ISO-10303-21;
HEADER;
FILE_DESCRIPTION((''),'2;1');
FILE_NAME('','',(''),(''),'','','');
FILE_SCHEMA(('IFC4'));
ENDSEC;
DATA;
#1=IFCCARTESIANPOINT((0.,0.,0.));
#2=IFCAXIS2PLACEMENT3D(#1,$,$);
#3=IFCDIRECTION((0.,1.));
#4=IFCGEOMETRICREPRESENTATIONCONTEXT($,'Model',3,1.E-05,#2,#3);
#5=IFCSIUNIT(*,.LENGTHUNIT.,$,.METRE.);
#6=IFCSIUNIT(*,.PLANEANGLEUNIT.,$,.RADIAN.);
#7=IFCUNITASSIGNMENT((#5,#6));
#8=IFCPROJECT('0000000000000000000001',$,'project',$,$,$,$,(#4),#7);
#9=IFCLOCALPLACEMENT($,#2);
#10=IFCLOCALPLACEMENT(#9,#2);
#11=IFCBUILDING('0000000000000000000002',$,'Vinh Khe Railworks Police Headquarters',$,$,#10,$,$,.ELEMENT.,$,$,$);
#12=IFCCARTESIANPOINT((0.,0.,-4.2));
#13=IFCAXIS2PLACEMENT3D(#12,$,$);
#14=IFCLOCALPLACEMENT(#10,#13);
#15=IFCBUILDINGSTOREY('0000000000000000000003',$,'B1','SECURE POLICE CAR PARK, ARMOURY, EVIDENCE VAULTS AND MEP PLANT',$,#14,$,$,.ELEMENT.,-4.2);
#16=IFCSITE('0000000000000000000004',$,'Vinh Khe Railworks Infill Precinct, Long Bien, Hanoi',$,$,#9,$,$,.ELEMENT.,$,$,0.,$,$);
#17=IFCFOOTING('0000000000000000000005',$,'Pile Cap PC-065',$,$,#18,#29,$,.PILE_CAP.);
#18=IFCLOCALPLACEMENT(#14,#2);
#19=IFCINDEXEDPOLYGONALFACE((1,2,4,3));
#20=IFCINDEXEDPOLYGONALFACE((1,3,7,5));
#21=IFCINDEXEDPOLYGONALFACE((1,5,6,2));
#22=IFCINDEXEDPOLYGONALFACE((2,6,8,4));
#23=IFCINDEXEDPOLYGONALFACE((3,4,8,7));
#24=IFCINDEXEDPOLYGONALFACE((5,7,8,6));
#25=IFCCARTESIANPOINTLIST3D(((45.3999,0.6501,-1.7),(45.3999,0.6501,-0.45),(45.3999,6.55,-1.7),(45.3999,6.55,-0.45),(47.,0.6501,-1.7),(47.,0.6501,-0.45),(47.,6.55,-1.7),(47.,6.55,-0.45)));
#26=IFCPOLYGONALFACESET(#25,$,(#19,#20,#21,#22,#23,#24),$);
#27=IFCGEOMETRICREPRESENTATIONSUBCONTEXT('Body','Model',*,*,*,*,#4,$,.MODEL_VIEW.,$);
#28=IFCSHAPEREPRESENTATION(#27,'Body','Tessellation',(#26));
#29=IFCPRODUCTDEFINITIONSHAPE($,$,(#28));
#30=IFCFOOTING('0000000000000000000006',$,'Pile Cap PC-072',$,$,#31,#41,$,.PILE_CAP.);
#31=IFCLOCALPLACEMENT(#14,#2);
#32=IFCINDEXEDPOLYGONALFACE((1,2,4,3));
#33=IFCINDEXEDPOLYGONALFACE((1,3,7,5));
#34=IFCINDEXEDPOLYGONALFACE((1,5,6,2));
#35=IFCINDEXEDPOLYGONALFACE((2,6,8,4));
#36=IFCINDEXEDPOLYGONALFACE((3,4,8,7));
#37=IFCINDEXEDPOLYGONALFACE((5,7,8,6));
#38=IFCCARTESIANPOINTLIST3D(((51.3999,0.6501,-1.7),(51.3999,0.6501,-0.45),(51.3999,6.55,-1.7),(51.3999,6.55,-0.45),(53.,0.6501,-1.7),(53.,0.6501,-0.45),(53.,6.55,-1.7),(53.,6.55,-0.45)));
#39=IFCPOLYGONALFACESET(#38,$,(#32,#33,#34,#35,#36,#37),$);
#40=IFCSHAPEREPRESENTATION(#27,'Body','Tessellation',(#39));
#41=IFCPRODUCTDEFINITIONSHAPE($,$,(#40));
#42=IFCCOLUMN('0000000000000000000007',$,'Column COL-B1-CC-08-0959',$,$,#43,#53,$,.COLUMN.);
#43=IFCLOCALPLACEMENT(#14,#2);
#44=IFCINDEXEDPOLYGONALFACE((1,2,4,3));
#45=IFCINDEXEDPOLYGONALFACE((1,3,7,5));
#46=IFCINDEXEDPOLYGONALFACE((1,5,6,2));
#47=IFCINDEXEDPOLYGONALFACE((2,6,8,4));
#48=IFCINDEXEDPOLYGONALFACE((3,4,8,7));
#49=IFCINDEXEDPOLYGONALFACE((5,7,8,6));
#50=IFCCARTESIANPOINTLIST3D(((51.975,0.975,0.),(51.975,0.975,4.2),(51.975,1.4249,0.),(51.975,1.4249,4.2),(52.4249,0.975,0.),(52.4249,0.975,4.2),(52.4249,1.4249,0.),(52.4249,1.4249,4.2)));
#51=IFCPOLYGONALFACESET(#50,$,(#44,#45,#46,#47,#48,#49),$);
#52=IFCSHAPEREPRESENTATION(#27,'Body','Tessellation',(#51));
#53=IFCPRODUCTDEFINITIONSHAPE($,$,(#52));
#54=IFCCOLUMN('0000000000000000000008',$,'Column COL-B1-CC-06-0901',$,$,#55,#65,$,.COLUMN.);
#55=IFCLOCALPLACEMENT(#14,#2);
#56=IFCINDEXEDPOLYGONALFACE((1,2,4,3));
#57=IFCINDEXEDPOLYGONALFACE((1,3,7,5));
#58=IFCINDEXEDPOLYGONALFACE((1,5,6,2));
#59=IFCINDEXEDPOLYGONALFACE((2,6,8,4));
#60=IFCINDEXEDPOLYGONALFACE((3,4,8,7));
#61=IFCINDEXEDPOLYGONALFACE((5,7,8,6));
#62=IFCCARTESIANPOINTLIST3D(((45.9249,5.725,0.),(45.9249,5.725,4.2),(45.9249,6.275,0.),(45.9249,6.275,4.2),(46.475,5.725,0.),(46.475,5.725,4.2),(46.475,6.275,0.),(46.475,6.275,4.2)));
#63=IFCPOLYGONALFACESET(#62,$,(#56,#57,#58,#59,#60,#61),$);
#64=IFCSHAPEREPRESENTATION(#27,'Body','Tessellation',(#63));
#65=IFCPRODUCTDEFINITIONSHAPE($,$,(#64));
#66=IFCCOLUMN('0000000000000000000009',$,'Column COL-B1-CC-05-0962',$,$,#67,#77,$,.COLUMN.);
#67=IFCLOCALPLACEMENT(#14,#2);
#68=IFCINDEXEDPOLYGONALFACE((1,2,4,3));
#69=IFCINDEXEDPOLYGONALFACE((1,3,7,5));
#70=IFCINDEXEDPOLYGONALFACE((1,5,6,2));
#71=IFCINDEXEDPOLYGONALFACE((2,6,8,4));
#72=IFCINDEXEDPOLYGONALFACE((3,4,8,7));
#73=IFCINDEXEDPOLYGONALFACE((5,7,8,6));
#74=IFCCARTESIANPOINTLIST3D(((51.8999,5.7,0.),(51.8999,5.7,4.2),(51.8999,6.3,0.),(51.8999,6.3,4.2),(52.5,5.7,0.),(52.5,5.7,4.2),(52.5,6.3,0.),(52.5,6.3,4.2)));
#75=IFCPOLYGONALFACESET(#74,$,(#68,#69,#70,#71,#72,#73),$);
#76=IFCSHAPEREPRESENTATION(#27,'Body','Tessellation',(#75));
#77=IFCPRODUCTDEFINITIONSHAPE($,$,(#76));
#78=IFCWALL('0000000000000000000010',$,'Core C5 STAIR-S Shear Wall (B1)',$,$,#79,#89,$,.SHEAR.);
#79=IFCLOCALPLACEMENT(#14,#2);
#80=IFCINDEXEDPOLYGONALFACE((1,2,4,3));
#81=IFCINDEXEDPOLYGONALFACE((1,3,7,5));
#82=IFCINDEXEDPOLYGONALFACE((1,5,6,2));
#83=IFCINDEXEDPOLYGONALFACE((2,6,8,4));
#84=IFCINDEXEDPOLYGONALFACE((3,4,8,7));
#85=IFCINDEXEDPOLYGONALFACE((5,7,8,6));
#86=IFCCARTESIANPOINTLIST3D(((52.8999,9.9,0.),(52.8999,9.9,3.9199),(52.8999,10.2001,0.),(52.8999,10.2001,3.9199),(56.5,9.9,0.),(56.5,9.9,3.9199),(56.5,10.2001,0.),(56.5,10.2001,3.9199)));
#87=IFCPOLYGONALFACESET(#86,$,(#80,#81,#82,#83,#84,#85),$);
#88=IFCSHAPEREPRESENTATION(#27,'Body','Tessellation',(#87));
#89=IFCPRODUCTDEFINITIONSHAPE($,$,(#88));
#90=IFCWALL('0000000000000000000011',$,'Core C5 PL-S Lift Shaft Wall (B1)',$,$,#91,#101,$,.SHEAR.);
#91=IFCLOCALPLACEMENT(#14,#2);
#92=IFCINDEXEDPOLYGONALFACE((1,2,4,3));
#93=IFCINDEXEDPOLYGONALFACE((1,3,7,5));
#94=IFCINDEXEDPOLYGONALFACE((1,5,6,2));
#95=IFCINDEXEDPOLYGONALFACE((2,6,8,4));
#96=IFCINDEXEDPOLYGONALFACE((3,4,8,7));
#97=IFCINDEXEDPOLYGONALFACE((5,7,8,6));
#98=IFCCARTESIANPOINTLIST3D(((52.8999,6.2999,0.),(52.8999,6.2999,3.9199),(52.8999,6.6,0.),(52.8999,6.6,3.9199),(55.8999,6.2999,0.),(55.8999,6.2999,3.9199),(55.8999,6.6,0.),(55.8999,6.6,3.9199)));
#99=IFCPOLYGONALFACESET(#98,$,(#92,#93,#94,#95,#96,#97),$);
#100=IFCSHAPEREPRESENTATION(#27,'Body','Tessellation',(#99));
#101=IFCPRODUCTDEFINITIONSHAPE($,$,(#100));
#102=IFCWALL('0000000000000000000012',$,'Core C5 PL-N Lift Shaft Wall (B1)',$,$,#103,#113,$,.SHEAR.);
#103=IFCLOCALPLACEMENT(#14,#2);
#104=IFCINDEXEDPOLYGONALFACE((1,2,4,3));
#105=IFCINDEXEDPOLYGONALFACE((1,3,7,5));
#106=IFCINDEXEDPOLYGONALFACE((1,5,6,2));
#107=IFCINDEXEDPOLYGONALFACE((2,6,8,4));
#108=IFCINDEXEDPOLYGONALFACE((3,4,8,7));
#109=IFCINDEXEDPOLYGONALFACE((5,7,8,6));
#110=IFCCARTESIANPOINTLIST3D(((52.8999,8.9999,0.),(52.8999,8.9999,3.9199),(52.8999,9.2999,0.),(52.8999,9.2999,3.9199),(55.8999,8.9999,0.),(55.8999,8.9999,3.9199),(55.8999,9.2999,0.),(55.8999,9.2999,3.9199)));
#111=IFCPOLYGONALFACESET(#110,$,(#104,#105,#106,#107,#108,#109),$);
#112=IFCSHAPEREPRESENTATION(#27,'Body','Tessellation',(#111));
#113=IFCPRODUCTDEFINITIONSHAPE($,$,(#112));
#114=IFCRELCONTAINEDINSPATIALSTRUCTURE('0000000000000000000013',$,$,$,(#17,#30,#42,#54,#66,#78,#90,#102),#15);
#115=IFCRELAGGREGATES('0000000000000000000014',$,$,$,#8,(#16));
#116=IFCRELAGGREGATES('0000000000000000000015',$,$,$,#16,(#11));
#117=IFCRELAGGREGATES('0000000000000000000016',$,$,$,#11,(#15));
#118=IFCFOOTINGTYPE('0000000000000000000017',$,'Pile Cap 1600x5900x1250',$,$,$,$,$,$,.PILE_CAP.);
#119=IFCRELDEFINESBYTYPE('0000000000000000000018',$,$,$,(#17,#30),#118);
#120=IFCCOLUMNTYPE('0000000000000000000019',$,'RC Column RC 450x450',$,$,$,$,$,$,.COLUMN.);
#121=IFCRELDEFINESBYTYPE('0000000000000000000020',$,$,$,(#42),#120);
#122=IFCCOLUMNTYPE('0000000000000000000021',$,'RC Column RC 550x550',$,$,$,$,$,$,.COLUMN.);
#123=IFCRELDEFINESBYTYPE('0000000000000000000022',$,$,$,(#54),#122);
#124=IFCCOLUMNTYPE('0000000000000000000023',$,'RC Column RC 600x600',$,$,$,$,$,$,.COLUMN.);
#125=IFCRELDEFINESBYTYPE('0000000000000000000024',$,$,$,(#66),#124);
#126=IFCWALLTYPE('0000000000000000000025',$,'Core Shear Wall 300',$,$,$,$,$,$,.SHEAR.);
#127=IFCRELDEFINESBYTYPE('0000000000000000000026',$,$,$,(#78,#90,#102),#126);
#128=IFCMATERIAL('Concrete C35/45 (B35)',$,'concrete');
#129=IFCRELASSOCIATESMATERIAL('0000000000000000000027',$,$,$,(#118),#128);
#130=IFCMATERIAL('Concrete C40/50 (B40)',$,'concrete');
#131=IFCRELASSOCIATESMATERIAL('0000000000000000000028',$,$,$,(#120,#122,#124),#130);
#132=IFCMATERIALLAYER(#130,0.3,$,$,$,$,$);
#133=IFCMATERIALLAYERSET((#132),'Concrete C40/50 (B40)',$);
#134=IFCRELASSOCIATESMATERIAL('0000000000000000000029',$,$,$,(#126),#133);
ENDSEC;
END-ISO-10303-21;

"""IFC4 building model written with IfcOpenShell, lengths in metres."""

from ifc_helpers import new_model, si_unit, direction, frame, frame_2d, origin, origin_2d, place, context, subcontext, project, spatial, rectangle, extrude, material, layer, layer_set, material_profile, profile_set, type_object, element, save


model = new_model("IFC4")

# Units and contexts
model_context = context("Model", 3, precision=1e-05, world=origin(), true_north=direction((0.0, 1.0)))
body_context = subcontext(model_context, "Body", "Model", "MODEL_VIEW")
ifc_project = project(units=[si_unit("LENGTHUNIT", "METRE"), si_unit("PLANEANGLEUNIT", "RADIAN")], contexts=[model_context])

# Site, building, storey
site_placement = place(None, origin())
site = spatial("IfcSite", under=ifc_project, at=site_placement, Name="Vinh Khe Railworks Infill Precinct, Long Bien, Hanoi", CompositionType="ELEMENT", RefElevation=0.0)
building_placement = place(site_placement, origin())
building = spatial("IfcBuilding", under=site, at=building_placement, Name="Vinh Khe Railworks Police Headquarters", CompositionType="ELEMENT")
storey_placement = place(building_placement, frame((0.0, 0.0, -4.2)))
storey = spatial("IfcBuildingStorey", under=building, at=storey_placement, Name="B1", Description="SECURE POLICE CAR PARK, ARMOURY, EVIDENCE VAULTS AND MEP PLANT", CompositionType="ELEMENT", Elevation=-4.2)

# Shared definitions
ifc_material_1 = material(Name="Concrete C35/45 (B35)", Category="concrete")

# Footings
footing_type_1 = type_object("IfcFootingType", Name="Pile Cap 1600x5900x1250", PredefinedType="PILE_CAP", material=ifc_material_1)
for number, where, z_axis, x_axis, name in (
    (1, (46.2, 3.6001, -1.7), (0.0, 0.0, 1.0), (1.0, 0.0, 0.0), "Pile Cap PC-065"),
    (2, (52.2, 3.6001, -1.7), (0.0, 0.0, 1.0), (1.0, 0.0, 0.0), "Pile Cap PC-072"),
):
    element("IfcFooting", number, at=place(storey_placement, frame(where, z_axis=z_axis, x_axis=x_axis)), inside=storey, type_object=footing_type_1, Name=name, PredefinedType="PILE_CAP", context=body_context, shape_type="SweptSolid", body=[
        extrude(rectangle(XDim=1.6001, YDim=5.8999, at=origin_2d()), origin(), (0.0, 0.0, 1.0), 1.25),
    ])

# Columns
ifc_material_2 = material(Name="Concrete C40/50 (B40)", Category="concrete")
ifc_material_profile_1 = material_profile(ifc_material_2, rectangle(XDim=0.45, YDim=0.45, at=origin_2d()), Name="RC 450x450")
ifc_profile_set_1 = profile_set([ifc_material_profile_1], Name="Concrete C40/50 (B40)")
column_type_1 = type_object("IfcColumnType", Name="RC Column RC 450x450", PredefinedType="COLUMN", material=ifc_profile_set_1)
column_1_placement = place(storey_placement, frame((52.2, 1.2, 0.0), z_axis=(0.0, 0.0, 1.0), x_axis=(1.0, 0.0, 0.0)))
element("IfcColumn", 3, at=column_1_placement, inside=storey, type_object=column_type_1, Name="Column COL-B1-CC-08-0959", PredefinedType="COLUMN", context=body_context, shape_type="SweptSolid", body=[
    extrude(rectangle(XDim=0.45, YDim=0.45, at=origin_2d()), origin(), (0.0, 0.0, 1.0), 4.2),
])
ifc_material_profile_2 = material_profile(ifc_material_2, rectangle(XDim=0.55, YDim=0.55, at=origin_2d()), Name="RC 550x550")
ifc_profile_set_2 = profile_set([ifc_material_profile_2], Name="Concrete C40/50 (B40)")
column_type_2 = type_object("IfcColumnType", Name="RC Column RC 550x550", PredefinedType="COLUMN", material=ifc_profile_set_2)
column_2_placement = place(storey_placement, frame((46.2, 6.0, 0.0), z_axis=(0.0, 0.0, 1.0), x_axis=(1.0, 0.0, 0.0)))
element("IfcColumn", 4, at=column_2_placement, inside=storey, type_object=column_type_2, Name="Column COL-B1-CC-06-0901", PredefinedType="COLUMN", context=body_context, shape_type="SweptSolid", body=[
    extrude(rectangle(XDim=0.55, YDim=0.55, at=origin_2d()), origin(), (0.0, 0.0, 1.0), 4.2),
])
ifc_material_profile_3 = material_profile(ifc_material_2, rectangle(XDim=0.6001, YDim=0.6001, at=origin_2d()), Name="RC 600x600")
ifc_profile_set_3 = profile_set([ifc_material_profile_3], Name="Concrete C40/50 (B40)")
column_type_3 = type_object("IfcColumnType", Name="RC Column RC 600x600", PredefinedType="COLUMN", material=ifc_profile_set_3)
column_3_placement = place(storey_placement, frame((52.2, 6.0, 0.0), z_axis=(0.0, 0.0, 1.0), x_axis=(1.0, 0.0, 0.0)))
element("IfcColumn", 5, at=column_3_placement, inside=storey, type_object=column_type_3, Name="Column COL-B1-CC-05-0962", PredefinedType="COLUMN", context=body_context, shape_type="SweptSolid", body=[
    extrude(rectangle(XDim=0.6001, YDim=0.6001, at=origin_2d()), origin(), (0.0, 0.0, 1.0), 4.2),
])

# Wall
ifc_layer = layer(ifc_material_2, 0.3)
ifc_layer_set = layer_set([ifc_layer], Name="Concrete C40/50 (B40)")
wall_type = type_object("IfcWallType", Name="Core Shear Wall 300", PredefinedType="SHEAR", material=ifc_layer_set)
wall_1_placement = place(storey_placement, frame((52.8999, 10.05, 0.0), z_axis=(0.0, 0.0, 1.0), x_axis=(1.0, 0.0, 0.0)))
element("IfcWall", 6, at=wall_1_placement, inside=storey, type_object=wall_type, Name="Core C5 STAIR-S Shear Wall (B1)", PredefinedType="SHEAR", context=body_context, shape_type="SweptSolid", body=[
    extrude(rectangle(XDim=3.6001, YDim=0.3, at=frame_2d((1.8, 0.0))), origin(), (0.0, 0.0, 1.0), 3.9199),
])

# Walls
for number, where, z_axis, x_axis, name in (
    (7, (52.8999, 6.45, 0.0), (0.0, 0.0, 1.0), (1.0, 0.0, 0.0), "Core C5 PL-S Lift Shaft Wall (B1)"),
    (8, (52.8999, 9.1499, 0.0), (0.0, 0.0, 1.0), (1.0, 0.0, 0.0), "Core C5 PL-N Lift Shaft Wall (B1)"),
):
    element("IfcWall", number, at=place(storey_placement, frame(where, z_axis=z_axis, x_axis=x_axis)), inside=storey, type_object=wall_type, Name=name, PredefinedType="SHEAR", context=body_context, shape_type="SweptSolid", body=[
        extrude(rectangle(XDim=3.0, YDim=0.3, at=frame_2d((1.5, 0.0))), origin(), (0.0, 0.0, 1.0), 3.9199),
    ])

save(model, "model.ifc")
